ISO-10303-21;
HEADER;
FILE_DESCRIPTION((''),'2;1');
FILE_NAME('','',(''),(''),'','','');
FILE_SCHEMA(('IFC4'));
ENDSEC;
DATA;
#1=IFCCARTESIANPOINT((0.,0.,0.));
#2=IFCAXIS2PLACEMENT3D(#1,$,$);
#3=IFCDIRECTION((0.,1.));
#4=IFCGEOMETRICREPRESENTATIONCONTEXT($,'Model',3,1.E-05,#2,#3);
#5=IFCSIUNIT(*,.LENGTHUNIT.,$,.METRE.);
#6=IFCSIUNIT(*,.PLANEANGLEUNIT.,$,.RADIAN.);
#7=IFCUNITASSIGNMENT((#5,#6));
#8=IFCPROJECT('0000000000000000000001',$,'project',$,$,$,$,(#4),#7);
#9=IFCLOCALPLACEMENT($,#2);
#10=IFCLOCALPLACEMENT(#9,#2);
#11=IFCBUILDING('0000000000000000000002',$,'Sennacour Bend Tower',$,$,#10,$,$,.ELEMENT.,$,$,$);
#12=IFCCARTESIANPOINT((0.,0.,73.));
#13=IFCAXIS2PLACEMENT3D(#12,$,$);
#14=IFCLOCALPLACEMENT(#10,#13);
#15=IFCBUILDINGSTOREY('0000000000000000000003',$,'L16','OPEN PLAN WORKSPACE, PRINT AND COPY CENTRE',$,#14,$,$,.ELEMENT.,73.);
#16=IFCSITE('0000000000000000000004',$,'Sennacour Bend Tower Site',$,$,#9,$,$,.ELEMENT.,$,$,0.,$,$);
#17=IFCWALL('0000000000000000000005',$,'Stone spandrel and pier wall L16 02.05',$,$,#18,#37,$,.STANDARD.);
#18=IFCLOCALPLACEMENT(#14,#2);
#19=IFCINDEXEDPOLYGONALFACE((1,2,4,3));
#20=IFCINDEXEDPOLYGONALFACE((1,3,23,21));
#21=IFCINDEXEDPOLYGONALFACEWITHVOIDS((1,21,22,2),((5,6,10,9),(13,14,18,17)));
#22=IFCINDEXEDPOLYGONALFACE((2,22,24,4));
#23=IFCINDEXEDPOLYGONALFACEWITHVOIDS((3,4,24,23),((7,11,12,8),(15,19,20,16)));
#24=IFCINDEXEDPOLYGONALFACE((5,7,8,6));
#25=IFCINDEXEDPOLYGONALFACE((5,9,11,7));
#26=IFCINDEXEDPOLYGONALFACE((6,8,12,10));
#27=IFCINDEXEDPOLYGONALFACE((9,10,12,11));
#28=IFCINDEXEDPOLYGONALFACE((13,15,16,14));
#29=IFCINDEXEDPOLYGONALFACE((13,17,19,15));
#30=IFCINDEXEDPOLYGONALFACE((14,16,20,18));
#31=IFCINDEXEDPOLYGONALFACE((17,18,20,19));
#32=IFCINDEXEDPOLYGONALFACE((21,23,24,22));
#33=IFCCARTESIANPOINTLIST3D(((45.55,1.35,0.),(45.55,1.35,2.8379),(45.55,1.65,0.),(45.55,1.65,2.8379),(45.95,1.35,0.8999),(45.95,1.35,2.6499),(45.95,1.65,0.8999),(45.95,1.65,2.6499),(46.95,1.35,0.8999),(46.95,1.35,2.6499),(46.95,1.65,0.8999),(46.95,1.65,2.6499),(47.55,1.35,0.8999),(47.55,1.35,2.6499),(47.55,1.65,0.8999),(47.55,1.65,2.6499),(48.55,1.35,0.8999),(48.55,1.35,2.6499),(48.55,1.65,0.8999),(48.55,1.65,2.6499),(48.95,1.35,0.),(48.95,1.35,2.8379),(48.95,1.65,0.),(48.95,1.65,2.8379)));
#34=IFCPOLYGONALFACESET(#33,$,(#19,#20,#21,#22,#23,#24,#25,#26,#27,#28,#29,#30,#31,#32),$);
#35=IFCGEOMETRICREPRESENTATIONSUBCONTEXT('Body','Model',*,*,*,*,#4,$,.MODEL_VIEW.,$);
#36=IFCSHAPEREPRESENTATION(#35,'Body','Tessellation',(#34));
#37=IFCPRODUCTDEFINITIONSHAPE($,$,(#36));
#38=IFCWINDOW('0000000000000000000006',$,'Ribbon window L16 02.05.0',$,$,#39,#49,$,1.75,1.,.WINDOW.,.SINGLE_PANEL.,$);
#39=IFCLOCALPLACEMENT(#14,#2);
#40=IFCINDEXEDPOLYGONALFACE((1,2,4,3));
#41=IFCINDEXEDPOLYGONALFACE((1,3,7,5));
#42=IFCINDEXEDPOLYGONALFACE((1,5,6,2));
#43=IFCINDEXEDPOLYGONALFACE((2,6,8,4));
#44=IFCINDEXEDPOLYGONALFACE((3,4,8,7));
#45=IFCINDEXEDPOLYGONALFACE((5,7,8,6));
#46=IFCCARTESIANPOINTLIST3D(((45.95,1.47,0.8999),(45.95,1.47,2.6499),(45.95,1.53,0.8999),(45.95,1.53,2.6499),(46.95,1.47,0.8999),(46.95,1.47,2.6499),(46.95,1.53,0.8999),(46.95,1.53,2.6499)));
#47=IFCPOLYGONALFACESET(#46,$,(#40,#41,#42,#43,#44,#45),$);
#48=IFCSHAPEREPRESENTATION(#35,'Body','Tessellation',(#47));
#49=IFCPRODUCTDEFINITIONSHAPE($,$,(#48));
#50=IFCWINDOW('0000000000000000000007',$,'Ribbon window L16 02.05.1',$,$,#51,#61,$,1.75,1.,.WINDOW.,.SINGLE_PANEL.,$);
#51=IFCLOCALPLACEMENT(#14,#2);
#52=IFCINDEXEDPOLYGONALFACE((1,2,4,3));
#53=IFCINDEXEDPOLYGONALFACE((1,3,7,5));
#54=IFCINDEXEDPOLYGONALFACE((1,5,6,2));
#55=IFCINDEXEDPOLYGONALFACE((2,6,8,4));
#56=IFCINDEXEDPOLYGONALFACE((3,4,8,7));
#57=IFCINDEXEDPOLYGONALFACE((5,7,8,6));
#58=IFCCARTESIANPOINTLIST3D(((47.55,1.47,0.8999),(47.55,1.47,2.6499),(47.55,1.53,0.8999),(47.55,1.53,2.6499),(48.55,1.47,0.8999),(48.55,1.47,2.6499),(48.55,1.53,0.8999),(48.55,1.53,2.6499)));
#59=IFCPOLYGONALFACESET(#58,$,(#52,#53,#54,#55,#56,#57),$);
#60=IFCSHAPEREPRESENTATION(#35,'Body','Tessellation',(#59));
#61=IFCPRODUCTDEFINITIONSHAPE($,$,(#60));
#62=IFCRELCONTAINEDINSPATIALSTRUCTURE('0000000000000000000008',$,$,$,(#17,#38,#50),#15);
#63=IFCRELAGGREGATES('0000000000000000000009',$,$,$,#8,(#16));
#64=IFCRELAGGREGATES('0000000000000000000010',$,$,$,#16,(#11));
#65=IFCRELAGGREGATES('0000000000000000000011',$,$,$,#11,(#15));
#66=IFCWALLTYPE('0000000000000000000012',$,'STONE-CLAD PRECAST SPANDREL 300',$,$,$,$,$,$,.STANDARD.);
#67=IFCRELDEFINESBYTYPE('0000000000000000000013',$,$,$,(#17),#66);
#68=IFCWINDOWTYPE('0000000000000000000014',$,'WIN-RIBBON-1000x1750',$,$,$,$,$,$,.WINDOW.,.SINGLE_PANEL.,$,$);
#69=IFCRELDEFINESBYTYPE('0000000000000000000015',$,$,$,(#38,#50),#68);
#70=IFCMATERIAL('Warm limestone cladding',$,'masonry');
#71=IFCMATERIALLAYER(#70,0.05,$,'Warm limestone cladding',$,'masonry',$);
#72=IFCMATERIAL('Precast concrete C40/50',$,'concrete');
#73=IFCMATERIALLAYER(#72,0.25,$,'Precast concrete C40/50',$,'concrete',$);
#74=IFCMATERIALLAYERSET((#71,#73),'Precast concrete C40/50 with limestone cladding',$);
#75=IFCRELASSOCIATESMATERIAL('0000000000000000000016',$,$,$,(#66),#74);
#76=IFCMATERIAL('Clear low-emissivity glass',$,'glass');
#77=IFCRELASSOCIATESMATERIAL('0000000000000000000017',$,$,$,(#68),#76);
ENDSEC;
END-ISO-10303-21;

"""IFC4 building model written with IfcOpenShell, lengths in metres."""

from ifc_helpers import new_model, si_unit, direction, frame, frame_2d, origin, place, context, subcontext, project, spatial, rectangle, extrude, material, layer, layer_set, type_object, element, fill, save


model = new_model("IFC4")

# Units and contexts
model_context = context("Model", 3, precision=1e-05, world=origin(), true_north=direction((0.0, 1.0)))
body_context = subcontext(model_context, "Body", "Model", "MODEL_VIEW")
ifc_project = project(units=[si_unit("LENGTHUNIT", "METRE"), si_unit("PLANEANGLEUNIT", "RADIAN")], contexts=[model_context])

# Site, building, storey
site_placement = place(None, origin())
site = spatial("IfcSite", under=ifc_project, at=site_placement, Name="Sennacour Bend Tower Site", CompositionType="ELEMENT", RefElevation=0.0)
building_placement = place(site_placement, origin())
building = spatial("IfcBuilding", under=site, at=building_placement, Name="Sennacour Bend Tower", CompositionType="ELEMENT")
storey_placement = place(building_placement, frame((0.0, 0.0, 73.0)))
storey = spatial("IfcBuildingStorey", under=building, at=storey_placement, Name="L16", Description="OPEN PLAN WORKSPACE, PRINT AND COPY CENTRE", CompositionType="ELEMENT", Elevation=73.0)

# Wall, openings, windows
ifc_material_1 = material(Name="Warm limestone cladding", Category="masonry")
ifc_layer_1 = layer(ifc_material_1, 0.05, Name="Warm limestone cladding", Category="masonry")
ifc_material_2 = material(Name="Precast concrete C40/50", Category="concrete")
ifc_layer_2 = layer(ifc_material_2, 0.25, Name="Precast concrete C40/50", Category="concrete")
ifc_layer_set_1 = layer_set([ifc_layer_1, ifc_layer_2], Name="Precast concrete C40/50 with limestone cladding")
wall_type_1 = type_object("IfcWallType", Name="STONE-CLAD PRECAST SPANDREL 300", PredefinedType="STANDARD", material=ifc_layer_set_1)
wall_1_placement = place(storey_placement, frame((45.55, 1.5, 0.0), z_axis=(0.0, 0.0, 1.0), x_axis=(1.0, 0.0, 0.0)))
wall_1 = element("IfcWall", 1, at=wall_1_placement, inside=storey, type_object=wall_type_1, Name="Stone spandrel and pier wall L16 02.05", PredefinedType="STANDARD", context=body_context, shape_type="SweptSolid", body=[
    extrude(rectangle(XDim=3.3999, YDim=0.3, at=frame_2d((1.7, 0.0))), origin(), (0.0, 0.0, 1.0), 2.8379),
])
opening_1_placement = place(wall_1_placement, frame((0.3999, 0.0, 0.8999)))
opening_1 = element("IfcOpeningElement", 2, at=opening_1_placement, cuts=wall_1, PredefinedType="OPENING", context=body_context, shape_type="SweptSolid", body=[
    extrude(rectangle(XDim=1.0, YDim=1.75, at=frame_2d((0.5, 0.875))), frame((0.0, 0.1602, 0.0), z_axis=(0.0, -1.0, 0.0), x_axis=(1.0, 0.0, 0.0)), (0.0, 0.0, 1.0), 0.3201),
])
opening_2_placement = place(wall_1_placement, frame((2.0, 0.0, 0.8999)))
opening_2 = element("IfcOpeningElement", 3, at=opening_2_placement, cuts=wall_1, PredefinedType="OPENING", context=body_context, shape_type="SweptSolid", body=[
    extrude(rectangle(XDim=1.0, YDim=1.75, at=frame_2d((0.5, 0.875))), frame((0.0, 0.1602, 0.0), z_axis=(0.0, -1.0, 0.0), x_axis=(1.0, 0.0, 0.0)), (0.0, 0.0, 1.0), 0.3201),
])
ifc_material_3 = material(Name="Clear low-emissivity glass", Category="glass")
window_type = type_object("IfcWindowType", Name="WIN-RIBBON-1000x1750", PartitioningType="SINGLE_PANEL", PredefinedType="WINDOW", material=ifc_material_3)
window_1_placement = place(opening_1_placement, origin())
window_1 = element("IfcWindow", 4, at=window_1_placement, inside=storey, type_object=window_type, Name="Ribbon window L16 02.05.0", OverallHeight=1.75, OverallWidth=1.0, PartitioningType="SINGLE_PANEL", PredefinedType="WINDOW", context=body_context, shape_type="SweptSolid", body=[
    extrude(rectangle(XDim=1.0, YDim=1.75, at=frame_2d((0.5, 0.875))), frame((0.0, 0.03, 0.0), z_axis=(0.0, -1.0, 0.0), x_axis=(1.0, 0.0, 0.0)), (0.0, 0.0, 1.0), 0.0601),
])
fill(opening_1, window_1)
window_2_placement = place(opening_2_placement, origin())
window_2 = element("IfcWindow", 5, at=window_2_placement, inside=storey, type_object=window_type, Name="Ribbon window L16 02.05.1", OverallHeight=1.75, OverallWidth=1.0, PartitioningType="SINGLE_PANEL", PredefinedType="WINDOW", context=body_context, shape_type="SweptSolid", body=[
    extrude(rectangle(XDim=1.0, YDim=1.75, at=frame_2d((0.5, 0.875))), frame((0.0, 0.03, 0.0), z_axis=(0.0, -1.0, 0.0), x_axis=(1.0, 0.0, 0.0)), (0.0, 0.0, 1.0), 0.0601),
])
fill(opening_2, window_2)

save(model, "model.ifc")
